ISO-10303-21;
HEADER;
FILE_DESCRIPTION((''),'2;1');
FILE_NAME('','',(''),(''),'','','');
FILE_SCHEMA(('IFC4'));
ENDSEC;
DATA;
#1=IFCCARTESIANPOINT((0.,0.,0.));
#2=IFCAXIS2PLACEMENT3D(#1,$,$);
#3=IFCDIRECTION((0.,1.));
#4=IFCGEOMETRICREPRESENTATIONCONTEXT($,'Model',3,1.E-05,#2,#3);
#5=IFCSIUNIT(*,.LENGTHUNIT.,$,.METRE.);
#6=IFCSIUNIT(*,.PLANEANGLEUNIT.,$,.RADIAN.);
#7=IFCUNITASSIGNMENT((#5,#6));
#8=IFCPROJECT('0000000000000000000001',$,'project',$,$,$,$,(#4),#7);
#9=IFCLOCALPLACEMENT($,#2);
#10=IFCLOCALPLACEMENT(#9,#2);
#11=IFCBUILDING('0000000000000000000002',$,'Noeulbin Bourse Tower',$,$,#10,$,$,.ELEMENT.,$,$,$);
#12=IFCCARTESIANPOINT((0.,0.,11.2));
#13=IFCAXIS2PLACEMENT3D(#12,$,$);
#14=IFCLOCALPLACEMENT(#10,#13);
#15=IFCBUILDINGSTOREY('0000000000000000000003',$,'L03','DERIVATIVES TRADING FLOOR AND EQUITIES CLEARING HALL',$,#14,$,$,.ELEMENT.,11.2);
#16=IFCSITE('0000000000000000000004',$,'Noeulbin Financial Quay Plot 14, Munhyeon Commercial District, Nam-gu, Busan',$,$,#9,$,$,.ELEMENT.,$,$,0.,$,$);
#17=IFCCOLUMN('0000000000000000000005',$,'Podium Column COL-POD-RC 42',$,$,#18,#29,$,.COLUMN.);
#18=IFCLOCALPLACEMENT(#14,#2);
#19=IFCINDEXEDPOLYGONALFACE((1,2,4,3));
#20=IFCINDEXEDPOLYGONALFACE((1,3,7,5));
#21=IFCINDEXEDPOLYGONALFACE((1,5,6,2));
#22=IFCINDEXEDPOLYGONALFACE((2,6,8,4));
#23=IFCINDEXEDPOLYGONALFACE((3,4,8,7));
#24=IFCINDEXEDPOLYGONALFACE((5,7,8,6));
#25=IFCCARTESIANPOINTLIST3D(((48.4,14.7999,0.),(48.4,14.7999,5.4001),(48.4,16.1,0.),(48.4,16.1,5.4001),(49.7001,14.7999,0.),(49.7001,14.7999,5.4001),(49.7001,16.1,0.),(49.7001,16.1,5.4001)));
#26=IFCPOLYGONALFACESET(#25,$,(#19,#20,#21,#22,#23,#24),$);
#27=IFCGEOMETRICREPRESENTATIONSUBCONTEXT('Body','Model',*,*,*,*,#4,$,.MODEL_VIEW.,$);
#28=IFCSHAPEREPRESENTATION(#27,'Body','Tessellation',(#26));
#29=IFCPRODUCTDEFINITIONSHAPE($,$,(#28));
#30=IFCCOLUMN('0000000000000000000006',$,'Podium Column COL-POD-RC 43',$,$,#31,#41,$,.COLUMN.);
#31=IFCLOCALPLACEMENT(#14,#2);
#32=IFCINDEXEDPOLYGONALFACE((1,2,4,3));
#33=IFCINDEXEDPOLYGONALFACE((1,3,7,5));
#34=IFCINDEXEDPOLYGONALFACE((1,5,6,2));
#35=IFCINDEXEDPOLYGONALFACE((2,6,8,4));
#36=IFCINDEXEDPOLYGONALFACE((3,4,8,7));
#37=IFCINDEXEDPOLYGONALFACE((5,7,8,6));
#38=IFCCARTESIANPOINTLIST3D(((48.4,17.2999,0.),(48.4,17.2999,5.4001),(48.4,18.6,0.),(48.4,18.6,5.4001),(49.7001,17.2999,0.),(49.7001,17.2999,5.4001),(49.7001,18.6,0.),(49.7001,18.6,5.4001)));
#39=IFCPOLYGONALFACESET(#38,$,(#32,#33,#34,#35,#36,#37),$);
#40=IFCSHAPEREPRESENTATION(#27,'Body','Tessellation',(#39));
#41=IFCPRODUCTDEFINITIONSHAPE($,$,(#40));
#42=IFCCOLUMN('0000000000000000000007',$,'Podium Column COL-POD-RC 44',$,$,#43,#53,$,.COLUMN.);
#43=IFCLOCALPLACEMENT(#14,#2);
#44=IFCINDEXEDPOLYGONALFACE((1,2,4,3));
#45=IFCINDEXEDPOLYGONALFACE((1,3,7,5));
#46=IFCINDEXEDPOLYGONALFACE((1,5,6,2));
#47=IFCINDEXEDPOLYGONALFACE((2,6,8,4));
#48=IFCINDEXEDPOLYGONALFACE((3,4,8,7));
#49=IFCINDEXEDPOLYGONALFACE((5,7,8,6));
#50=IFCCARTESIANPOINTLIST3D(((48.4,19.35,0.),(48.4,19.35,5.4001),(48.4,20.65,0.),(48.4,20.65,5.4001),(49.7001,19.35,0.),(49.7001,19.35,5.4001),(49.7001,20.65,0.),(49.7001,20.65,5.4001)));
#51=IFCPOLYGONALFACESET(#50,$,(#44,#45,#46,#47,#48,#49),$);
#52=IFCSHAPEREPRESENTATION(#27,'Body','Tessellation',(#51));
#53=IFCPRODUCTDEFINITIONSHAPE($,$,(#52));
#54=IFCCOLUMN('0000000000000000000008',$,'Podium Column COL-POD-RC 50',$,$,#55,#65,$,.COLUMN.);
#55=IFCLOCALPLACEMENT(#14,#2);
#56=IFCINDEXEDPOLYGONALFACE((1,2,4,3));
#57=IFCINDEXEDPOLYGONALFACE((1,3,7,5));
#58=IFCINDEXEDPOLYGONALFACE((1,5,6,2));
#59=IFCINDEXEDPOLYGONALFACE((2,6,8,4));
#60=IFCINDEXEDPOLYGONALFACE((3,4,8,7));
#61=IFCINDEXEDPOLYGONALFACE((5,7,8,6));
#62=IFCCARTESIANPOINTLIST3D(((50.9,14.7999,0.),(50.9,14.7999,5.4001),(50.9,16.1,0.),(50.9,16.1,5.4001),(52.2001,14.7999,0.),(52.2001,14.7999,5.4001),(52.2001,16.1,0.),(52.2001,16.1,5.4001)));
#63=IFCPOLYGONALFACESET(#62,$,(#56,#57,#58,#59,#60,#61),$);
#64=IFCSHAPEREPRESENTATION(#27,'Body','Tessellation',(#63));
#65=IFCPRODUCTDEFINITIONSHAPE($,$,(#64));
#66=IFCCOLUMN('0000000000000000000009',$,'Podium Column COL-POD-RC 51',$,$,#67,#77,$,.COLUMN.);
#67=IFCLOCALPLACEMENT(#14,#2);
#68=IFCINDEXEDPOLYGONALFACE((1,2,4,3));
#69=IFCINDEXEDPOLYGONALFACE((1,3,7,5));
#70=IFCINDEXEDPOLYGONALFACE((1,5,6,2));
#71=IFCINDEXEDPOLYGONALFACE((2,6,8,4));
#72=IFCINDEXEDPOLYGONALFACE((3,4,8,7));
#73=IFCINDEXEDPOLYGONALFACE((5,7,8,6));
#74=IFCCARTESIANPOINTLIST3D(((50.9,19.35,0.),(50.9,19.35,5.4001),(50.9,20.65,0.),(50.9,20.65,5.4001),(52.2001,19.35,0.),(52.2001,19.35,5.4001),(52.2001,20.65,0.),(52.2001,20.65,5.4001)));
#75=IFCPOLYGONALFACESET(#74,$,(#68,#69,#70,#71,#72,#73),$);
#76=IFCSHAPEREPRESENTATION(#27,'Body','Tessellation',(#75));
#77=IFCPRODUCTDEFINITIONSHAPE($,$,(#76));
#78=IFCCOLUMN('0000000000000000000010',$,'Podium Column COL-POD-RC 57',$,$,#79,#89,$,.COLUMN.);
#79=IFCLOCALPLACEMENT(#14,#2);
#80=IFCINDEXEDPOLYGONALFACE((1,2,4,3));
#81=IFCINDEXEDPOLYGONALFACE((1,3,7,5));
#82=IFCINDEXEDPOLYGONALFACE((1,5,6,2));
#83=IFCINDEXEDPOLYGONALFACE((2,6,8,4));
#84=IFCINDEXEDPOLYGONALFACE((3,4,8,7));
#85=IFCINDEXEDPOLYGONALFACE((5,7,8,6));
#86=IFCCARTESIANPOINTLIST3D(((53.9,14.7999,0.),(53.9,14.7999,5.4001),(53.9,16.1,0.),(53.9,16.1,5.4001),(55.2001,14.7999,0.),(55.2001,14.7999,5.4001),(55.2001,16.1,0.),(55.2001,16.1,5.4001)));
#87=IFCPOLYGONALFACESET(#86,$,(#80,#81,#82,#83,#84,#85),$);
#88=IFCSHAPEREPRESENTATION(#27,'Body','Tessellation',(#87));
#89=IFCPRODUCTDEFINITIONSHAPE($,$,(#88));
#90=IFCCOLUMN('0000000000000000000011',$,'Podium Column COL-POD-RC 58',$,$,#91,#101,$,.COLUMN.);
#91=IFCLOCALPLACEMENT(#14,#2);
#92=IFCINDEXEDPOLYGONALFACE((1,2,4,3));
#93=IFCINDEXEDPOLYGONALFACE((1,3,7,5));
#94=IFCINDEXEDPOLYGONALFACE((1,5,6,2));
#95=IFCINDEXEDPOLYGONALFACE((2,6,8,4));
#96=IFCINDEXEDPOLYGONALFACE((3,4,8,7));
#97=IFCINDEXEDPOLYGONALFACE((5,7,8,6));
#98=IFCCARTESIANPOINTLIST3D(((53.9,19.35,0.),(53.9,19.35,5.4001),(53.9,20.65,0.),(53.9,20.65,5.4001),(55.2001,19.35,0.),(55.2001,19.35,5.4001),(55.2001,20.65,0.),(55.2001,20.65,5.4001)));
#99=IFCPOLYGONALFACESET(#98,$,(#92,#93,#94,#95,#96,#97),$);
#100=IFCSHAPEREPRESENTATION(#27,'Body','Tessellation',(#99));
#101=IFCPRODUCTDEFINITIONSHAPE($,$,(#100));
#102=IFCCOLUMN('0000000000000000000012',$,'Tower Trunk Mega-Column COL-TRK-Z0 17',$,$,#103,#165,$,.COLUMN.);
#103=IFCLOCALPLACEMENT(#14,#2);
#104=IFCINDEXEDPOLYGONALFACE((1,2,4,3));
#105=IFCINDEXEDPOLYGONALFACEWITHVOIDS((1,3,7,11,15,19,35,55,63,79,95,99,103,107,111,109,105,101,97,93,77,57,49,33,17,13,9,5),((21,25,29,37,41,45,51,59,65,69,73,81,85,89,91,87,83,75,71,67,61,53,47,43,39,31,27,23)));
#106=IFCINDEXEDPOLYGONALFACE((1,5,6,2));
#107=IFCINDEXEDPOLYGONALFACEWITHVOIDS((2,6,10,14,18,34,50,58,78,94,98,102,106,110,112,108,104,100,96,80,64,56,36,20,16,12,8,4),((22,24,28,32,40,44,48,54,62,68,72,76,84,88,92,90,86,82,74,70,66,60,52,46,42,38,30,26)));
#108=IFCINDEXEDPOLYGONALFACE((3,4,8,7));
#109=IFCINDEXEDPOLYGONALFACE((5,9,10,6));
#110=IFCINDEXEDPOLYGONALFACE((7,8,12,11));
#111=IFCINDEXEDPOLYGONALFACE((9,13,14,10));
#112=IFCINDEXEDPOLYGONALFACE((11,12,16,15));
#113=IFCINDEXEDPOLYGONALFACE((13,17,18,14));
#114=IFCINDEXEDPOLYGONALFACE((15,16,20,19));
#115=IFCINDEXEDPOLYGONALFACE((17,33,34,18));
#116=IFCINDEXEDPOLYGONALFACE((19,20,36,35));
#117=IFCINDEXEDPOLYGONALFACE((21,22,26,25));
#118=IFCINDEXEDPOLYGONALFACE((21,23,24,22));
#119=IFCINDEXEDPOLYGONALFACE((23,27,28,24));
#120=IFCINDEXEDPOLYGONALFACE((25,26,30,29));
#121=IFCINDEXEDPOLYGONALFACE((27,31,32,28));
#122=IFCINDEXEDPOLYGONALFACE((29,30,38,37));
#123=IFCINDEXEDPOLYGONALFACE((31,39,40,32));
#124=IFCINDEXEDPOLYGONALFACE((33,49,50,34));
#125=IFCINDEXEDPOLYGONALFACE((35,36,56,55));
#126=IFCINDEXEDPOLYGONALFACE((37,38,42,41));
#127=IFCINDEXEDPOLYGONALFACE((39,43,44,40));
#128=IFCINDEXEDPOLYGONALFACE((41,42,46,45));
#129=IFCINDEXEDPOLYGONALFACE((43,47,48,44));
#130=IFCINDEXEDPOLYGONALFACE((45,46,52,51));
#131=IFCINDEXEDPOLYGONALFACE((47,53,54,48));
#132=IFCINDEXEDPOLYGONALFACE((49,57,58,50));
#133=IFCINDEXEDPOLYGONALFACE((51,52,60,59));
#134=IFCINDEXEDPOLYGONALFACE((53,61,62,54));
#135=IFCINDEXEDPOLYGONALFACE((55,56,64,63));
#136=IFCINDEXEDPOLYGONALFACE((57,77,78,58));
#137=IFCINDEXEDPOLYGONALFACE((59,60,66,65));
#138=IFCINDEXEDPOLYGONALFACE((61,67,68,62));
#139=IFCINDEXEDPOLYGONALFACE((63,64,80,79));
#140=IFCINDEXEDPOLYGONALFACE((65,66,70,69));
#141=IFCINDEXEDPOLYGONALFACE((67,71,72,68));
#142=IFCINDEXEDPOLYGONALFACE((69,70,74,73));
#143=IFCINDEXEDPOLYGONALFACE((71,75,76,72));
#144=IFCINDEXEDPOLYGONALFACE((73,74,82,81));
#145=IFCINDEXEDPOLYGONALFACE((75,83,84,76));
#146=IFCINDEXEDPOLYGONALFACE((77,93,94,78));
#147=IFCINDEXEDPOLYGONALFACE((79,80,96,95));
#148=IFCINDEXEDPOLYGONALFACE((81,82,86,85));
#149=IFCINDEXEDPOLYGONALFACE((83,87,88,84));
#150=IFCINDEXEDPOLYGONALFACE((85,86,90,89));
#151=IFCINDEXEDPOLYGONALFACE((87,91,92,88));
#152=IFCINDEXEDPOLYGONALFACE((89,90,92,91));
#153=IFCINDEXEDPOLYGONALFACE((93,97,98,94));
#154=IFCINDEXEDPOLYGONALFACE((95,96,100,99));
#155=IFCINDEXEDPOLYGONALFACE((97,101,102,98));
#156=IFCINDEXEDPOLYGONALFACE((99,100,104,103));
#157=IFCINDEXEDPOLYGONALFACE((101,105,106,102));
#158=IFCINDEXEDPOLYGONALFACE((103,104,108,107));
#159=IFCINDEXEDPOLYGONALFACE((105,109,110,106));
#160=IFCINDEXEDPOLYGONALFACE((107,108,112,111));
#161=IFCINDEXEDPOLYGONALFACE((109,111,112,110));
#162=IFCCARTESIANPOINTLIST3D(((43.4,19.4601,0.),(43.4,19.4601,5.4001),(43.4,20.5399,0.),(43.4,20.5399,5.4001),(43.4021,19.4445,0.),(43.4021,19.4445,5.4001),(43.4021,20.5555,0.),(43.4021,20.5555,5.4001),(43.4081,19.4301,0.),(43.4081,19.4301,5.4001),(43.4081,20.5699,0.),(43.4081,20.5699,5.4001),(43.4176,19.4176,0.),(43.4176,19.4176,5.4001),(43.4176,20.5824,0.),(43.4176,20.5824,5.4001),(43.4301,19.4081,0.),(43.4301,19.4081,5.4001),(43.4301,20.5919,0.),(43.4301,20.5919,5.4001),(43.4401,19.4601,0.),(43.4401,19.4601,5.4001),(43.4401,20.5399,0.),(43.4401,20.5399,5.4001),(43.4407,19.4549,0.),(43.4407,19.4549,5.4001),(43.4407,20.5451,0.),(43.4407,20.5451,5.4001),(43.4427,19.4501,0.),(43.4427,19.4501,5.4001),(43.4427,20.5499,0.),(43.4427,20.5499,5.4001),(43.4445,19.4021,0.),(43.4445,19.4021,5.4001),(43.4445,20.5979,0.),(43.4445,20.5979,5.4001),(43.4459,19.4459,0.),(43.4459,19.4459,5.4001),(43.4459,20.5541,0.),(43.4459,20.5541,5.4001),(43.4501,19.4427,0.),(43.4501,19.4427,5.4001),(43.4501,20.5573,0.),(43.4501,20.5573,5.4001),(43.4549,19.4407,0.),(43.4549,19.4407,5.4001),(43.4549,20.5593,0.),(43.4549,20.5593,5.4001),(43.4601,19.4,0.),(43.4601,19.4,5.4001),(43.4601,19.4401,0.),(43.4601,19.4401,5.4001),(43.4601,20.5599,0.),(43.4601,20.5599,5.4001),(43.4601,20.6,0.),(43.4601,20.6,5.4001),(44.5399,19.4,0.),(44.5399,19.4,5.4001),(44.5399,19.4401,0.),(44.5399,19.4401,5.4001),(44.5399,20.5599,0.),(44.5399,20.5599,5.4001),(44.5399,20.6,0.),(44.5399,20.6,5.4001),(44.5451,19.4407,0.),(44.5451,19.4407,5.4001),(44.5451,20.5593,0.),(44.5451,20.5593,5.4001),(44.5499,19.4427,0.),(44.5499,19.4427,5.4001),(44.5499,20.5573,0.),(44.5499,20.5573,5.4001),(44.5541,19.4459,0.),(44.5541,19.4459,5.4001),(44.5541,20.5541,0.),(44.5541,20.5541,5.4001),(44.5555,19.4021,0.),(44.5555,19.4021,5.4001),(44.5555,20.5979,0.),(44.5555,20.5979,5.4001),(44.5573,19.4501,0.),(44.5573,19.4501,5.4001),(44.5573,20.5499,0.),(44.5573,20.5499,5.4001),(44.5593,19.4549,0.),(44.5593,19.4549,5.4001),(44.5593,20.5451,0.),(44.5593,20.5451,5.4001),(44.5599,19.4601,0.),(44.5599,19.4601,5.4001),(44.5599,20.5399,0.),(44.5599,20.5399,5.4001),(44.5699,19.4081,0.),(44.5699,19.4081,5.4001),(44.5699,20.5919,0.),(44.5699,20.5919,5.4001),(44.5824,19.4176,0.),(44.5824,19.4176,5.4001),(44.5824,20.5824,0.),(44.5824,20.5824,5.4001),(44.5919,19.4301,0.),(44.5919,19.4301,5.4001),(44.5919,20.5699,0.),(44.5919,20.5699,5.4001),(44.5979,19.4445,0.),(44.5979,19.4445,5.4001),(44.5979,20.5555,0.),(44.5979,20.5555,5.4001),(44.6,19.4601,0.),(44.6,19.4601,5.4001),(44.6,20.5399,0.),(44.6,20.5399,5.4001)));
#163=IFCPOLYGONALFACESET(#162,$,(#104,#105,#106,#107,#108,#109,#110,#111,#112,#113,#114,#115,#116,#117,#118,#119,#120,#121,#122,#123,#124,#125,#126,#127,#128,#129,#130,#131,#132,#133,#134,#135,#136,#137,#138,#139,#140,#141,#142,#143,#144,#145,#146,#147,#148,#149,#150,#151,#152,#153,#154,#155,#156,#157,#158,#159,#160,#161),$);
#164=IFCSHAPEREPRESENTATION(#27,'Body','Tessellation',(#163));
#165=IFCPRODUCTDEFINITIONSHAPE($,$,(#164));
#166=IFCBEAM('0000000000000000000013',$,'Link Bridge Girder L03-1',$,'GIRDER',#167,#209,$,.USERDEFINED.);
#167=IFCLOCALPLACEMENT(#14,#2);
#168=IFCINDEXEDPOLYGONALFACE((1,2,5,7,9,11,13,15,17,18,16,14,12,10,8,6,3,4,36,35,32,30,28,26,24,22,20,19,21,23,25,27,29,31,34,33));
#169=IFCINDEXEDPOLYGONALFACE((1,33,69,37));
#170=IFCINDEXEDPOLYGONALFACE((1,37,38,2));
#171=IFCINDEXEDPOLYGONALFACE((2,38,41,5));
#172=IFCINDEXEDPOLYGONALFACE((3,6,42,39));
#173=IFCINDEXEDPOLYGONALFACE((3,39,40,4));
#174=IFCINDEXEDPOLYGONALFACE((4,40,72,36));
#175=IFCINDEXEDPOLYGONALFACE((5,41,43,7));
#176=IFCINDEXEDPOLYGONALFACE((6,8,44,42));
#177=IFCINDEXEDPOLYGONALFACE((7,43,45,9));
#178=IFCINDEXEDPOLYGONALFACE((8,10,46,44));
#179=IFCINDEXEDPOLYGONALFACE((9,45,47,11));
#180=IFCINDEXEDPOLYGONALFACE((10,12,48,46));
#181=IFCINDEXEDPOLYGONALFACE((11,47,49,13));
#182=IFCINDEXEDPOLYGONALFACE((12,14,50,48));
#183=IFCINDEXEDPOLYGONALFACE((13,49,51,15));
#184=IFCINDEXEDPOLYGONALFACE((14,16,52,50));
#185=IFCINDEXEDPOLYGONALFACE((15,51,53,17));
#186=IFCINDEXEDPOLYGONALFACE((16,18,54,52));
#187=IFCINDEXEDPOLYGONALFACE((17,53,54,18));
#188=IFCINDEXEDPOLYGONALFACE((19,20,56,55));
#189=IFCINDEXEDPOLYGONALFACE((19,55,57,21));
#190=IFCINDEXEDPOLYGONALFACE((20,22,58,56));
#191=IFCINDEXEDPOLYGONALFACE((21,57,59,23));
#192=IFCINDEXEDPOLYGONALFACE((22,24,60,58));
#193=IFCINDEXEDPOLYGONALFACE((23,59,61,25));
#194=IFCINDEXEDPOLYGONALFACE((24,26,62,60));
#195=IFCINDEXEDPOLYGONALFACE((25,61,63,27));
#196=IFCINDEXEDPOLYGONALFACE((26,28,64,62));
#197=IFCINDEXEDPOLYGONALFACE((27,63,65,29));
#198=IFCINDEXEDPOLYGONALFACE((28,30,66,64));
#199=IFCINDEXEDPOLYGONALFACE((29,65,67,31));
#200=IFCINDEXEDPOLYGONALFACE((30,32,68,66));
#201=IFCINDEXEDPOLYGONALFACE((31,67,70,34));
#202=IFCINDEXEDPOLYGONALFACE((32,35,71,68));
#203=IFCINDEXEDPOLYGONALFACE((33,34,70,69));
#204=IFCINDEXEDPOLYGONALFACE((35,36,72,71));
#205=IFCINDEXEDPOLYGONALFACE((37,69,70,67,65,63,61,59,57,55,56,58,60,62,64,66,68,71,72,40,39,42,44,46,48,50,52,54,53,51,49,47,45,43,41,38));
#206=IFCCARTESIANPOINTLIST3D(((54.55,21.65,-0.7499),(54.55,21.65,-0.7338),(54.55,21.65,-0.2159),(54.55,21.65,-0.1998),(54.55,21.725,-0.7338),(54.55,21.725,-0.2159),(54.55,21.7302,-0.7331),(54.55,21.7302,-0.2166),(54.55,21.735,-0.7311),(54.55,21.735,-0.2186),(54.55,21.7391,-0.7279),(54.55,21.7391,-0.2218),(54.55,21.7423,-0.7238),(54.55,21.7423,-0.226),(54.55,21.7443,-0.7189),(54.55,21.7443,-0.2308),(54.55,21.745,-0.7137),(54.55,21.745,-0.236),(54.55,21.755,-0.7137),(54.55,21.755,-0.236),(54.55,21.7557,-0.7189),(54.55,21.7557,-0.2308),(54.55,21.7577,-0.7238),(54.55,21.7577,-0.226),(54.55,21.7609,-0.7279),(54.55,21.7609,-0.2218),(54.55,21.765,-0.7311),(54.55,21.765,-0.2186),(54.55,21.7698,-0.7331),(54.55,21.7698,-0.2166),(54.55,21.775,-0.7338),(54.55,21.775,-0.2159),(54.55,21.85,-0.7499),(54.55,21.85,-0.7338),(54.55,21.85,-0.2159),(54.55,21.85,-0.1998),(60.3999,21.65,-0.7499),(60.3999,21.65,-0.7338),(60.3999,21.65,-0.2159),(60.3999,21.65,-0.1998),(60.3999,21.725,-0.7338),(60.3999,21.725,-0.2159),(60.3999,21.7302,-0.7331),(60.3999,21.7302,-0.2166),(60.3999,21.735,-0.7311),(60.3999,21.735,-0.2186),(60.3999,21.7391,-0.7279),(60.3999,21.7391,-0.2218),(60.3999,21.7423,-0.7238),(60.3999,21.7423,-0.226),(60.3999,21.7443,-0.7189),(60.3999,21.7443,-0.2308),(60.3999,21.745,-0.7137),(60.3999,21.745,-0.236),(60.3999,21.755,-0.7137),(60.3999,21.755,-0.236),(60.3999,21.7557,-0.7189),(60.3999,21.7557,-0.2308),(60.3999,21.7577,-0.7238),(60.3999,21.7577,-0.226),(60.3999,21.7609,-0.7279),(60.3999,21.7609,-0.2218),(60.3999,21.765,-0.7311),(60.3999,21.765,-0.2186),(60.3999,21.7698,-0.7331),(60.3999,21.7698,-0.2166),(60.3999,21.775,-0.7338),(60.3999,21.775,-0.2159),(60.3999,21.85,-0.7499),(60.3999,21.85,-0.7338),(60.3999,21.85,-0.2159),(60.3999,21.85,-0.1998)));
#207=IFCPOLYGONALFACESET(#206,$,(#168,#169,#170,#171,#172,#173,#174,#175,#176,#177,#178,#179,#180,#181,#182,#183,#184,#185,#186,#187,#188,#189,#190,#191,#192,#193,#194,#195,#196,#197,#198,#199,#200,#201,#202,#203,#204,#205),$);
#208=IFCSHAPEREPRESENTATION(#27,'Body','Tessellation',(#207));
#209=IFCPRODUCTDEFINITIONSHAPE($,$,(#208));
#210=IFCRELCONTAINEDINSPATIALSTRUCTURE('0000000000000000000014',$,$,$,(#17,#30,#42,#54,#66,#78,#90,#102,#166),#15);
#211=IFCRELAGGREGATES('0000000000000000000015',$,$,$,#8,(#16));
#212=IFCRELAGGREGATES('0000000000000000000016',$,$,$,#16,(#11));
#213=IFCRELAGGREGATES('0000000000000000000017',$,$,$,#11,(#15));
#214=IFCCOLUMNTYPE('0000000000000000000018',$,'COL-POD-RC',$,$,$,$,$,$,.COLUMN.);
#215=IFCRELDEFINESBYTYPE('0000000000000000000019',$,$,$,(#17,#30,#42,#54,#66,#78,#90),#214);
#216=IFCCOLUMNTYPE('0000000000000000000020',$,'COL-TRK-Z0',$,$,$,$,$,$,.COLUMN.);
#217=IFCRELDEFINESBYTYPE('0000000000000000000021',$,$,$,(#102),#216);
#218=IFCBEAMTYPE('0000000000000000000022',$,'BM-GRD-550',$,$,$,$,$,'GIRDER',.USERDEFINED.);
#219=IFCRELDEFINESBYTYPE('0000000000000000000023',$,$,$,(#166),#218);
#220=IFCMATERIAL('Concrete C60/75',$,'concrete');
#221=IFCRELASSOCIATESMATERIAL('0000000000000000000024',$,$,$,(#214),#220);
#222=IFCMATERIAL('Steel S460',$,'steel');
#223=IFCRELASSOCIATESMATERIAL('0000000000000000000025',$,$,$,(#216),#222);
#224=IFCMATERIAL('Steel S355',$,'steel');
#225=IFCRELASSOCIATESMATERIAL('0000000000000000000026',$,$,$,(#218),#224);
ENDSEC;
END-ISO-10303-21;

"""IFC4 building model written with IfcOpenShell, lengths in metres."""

from ifc_helpers import new_model, si_unit, direction, frame, origin, origin_2d, place, context, subcontext, project, spatial, rectangle, hollow_rectangle, i_section, extrude, material, material_profile, profile_set, type_object, element, save


model = new_model("IFC4")

# Units and contexts
model_context = context("Model", 3, precision=1e-05, world=origin(), true_north=direction((0.0, 1.0)))
body_context = subcontext(model_context, "Body", "Model", "MODEL_VIEW")
ifc_project = project(units=[si_unit("LENGTHUNIT", "METRE"), si_unit("PLANEANGLEUNIT", "RADIAN")], contexts=[model_context])

# Site, building, storey
site_placement = place(None, origin())
site = spatial("IfcSite", under=ifc_project, at=site_placement, Name="Noeulbin Financial Quay Plot 14, Munhyeon Commercial District, Nam-gu, Busan", CompositionType="ELEMENT", RefElevation=0.0)
building_placement = place(site_placement, origin())
building = spatial("IfcBuilding", under=site, at=building_placement, Name="Noeulbin Bourse Tower", CompositionType="ELEMENT")
storey_placement = place(building_placement, frame((0.0, 0.0, 11.2)))
storey = spatial("IfcBuildingStorey", under=building, at=storey_placement, Name="L03", Description="DERIVATIVES TRADING FLOOR AND EQUITIES CLEARING HALL", CompositionType="ELEMENT", Elevation=11.2)

# Columns
ifc_material_1 = material(Name="Concrete C60/75", Category="concrete")
ifc_material_profile_1 = material_profile(ifc_material_1, rectangle(XDim=1.3, YDim=1.3, at=origin_2d()), Name="RC-COL-1300x1300", Category="LoadBearing")
ifc_profile_set_1 = profile_set([ifc_material_profile_1], Name="Concrete C60/75")
column_type_1 = type_object("IfcColumnType", Name="COL-POD-RC", PredefinedType="COLUMN", material=ifc_profile_set_1)
for number, where, z_axis, x_axis, name in (
    (1, (49.05, 15.45, 0.0), (0.0, 0.0, 1.0), (1.0, 0.0, 0.0), "Podium Column COL-POD-RC 42"),
    (2, (49.05, 17.95, 0.0), (0.0, 0.0, 1.0), (1.0, 0.0, 0.0), "Podium Column COL-POD-RC 43"),
    (3, (49.05, 20.0, 0.0), (0.0, 0.0, 1.0), (1.0, 0.0, 0.0), "Podium Column COL-POD-RC 44"),
    (4, (51.55, 15.45, 0.0), (0.0, 0.0, 1.0), (1.0, 0.0, 0.0), "Podium Column COL-POD-RC 50"),
    (5, (51.55, 20.0, 0.0), (0.0, 0.0, 1.0), (1.0, 0.0, 0.0), "Podium Column COL-POD-RC 51"),
    (6, (54.55, 15.45, 0.0), (0.0, 0.0, 1.0), (1.0, 0.0, 0.0), "Podium Column COL-POD-RC 57"),
    (7, (54.55, 20.0, 0.0), (0.0, 0.0, 1.0), (1.0, 0.0, 0.0), "Podium Column COL-POD-RC 58"),
):
    element("IfcColumn", number, at=place(storey_placement, frame(where, z_axis=z_axis, x_axis=x_axis)), inside=storey, type_object=column_type_1, Name=name, PredefinedType="COLUMN", context=body_context, shape_type="SweptSolid", body=[
        extrude(rectangle(XDim=1.3, YDim=1.3, at=origin_2d()), origin(), (0.0, 0.0, 1.0), 5.4001),
    ])
ifc_material_2 = material(Name="Steel S460", Category="steel")
ifc_material_profile_2 = material_profile(ifc_material_2, hollow_rectangle(XDim=1.2, YDim=1.2, WallThickness=0.04, InnerFilletRadius=0.02, OuterFilletRadius=0.0601, at=origin_2d()), Name="BOX-1200x1200x40", Category="LoadBearing")
ifc_profile_set_2 = profile_set([ifc_material_profile_2], Name="Steel S460")
column_type_2 = type_object("IfcColumnType", Name="COL-TRK-Z0", PredefinedType="COLUMN", material=ifc_profile_set_2)
column_placement = place(storey_placement, frame((44.0, 20.0, 0.0), z_axis=(0.0, 0.0, 1.0), x_axis=(1.0, 0.0, 0.0)))
element("IfcColumn", 8, at=column_placement, inside=storey, type_object=column_type_2, Name="Tower Trunk Mega-Column COL-TRK-Z0 17", PredefinedType="COLUMN", context=body_context, shape_type="SweptSolid", body=[
    extrude(hollow_rectangle(XDim=1.2, YDim=1.2, WallThickness=0.04, InnerFilletRadius=0.02, OuterFilletRadius=0.0601, at=origin_2d()), origin(), (0.0, 0.0, 1.0), 5.4001),
])

# Beam
ifc_material_3 = material(Name="Steel S355", Category="steel")
ifc_material_profile_3 = material_profile(ifc_material_3, i_section(OverallWidth=0.2, OverallDepth=0.55, WebThickness=0.01, FlangeThickness=0.0161, FilletRadius=0.02, at=origin_2d()), Name="H-550x200x10x16", Category="LoadBearing")
ifc_profile_set_3 = profile_set([ifc_material_profile_3], Name="Steel S355")
beam_type_1 = type_object("IfcBeamType", Name="BM-GRD-550", ElementType="GIRDER", PredefinedType="USERDEFINED", material=ifc_profile_set_3)
for number, where, z_axis, x_axis, name in (
    (9, (54.55, 21.75, -0.4749), (1.0, 0.0, 0.0), (0.0, 1.0, 0.0), "Link Bridge Girder L03-1"),
):
    element("IfcBeam", number, at=place(storey_placement, frame(where, z_axis=z_axis, x_axis=x_axis)), inside=storey, type_object=beam_type_1, Name=name, ObjectType="GIRDER", PredefinedType="USERDEFINED", context=body_context, shape_type="SweptSolid", body=[
        extrude(i_section(OverallWidth=0.2, OverallDepth=0.55, WebThickness=0.01, FlangeThickness=0.0161, FilletRadius=0.02, at=origin_2d()), origin(), (0.0, 0.0, 1.0), 5.8499),
    ])

save(model, "model.ifc")
